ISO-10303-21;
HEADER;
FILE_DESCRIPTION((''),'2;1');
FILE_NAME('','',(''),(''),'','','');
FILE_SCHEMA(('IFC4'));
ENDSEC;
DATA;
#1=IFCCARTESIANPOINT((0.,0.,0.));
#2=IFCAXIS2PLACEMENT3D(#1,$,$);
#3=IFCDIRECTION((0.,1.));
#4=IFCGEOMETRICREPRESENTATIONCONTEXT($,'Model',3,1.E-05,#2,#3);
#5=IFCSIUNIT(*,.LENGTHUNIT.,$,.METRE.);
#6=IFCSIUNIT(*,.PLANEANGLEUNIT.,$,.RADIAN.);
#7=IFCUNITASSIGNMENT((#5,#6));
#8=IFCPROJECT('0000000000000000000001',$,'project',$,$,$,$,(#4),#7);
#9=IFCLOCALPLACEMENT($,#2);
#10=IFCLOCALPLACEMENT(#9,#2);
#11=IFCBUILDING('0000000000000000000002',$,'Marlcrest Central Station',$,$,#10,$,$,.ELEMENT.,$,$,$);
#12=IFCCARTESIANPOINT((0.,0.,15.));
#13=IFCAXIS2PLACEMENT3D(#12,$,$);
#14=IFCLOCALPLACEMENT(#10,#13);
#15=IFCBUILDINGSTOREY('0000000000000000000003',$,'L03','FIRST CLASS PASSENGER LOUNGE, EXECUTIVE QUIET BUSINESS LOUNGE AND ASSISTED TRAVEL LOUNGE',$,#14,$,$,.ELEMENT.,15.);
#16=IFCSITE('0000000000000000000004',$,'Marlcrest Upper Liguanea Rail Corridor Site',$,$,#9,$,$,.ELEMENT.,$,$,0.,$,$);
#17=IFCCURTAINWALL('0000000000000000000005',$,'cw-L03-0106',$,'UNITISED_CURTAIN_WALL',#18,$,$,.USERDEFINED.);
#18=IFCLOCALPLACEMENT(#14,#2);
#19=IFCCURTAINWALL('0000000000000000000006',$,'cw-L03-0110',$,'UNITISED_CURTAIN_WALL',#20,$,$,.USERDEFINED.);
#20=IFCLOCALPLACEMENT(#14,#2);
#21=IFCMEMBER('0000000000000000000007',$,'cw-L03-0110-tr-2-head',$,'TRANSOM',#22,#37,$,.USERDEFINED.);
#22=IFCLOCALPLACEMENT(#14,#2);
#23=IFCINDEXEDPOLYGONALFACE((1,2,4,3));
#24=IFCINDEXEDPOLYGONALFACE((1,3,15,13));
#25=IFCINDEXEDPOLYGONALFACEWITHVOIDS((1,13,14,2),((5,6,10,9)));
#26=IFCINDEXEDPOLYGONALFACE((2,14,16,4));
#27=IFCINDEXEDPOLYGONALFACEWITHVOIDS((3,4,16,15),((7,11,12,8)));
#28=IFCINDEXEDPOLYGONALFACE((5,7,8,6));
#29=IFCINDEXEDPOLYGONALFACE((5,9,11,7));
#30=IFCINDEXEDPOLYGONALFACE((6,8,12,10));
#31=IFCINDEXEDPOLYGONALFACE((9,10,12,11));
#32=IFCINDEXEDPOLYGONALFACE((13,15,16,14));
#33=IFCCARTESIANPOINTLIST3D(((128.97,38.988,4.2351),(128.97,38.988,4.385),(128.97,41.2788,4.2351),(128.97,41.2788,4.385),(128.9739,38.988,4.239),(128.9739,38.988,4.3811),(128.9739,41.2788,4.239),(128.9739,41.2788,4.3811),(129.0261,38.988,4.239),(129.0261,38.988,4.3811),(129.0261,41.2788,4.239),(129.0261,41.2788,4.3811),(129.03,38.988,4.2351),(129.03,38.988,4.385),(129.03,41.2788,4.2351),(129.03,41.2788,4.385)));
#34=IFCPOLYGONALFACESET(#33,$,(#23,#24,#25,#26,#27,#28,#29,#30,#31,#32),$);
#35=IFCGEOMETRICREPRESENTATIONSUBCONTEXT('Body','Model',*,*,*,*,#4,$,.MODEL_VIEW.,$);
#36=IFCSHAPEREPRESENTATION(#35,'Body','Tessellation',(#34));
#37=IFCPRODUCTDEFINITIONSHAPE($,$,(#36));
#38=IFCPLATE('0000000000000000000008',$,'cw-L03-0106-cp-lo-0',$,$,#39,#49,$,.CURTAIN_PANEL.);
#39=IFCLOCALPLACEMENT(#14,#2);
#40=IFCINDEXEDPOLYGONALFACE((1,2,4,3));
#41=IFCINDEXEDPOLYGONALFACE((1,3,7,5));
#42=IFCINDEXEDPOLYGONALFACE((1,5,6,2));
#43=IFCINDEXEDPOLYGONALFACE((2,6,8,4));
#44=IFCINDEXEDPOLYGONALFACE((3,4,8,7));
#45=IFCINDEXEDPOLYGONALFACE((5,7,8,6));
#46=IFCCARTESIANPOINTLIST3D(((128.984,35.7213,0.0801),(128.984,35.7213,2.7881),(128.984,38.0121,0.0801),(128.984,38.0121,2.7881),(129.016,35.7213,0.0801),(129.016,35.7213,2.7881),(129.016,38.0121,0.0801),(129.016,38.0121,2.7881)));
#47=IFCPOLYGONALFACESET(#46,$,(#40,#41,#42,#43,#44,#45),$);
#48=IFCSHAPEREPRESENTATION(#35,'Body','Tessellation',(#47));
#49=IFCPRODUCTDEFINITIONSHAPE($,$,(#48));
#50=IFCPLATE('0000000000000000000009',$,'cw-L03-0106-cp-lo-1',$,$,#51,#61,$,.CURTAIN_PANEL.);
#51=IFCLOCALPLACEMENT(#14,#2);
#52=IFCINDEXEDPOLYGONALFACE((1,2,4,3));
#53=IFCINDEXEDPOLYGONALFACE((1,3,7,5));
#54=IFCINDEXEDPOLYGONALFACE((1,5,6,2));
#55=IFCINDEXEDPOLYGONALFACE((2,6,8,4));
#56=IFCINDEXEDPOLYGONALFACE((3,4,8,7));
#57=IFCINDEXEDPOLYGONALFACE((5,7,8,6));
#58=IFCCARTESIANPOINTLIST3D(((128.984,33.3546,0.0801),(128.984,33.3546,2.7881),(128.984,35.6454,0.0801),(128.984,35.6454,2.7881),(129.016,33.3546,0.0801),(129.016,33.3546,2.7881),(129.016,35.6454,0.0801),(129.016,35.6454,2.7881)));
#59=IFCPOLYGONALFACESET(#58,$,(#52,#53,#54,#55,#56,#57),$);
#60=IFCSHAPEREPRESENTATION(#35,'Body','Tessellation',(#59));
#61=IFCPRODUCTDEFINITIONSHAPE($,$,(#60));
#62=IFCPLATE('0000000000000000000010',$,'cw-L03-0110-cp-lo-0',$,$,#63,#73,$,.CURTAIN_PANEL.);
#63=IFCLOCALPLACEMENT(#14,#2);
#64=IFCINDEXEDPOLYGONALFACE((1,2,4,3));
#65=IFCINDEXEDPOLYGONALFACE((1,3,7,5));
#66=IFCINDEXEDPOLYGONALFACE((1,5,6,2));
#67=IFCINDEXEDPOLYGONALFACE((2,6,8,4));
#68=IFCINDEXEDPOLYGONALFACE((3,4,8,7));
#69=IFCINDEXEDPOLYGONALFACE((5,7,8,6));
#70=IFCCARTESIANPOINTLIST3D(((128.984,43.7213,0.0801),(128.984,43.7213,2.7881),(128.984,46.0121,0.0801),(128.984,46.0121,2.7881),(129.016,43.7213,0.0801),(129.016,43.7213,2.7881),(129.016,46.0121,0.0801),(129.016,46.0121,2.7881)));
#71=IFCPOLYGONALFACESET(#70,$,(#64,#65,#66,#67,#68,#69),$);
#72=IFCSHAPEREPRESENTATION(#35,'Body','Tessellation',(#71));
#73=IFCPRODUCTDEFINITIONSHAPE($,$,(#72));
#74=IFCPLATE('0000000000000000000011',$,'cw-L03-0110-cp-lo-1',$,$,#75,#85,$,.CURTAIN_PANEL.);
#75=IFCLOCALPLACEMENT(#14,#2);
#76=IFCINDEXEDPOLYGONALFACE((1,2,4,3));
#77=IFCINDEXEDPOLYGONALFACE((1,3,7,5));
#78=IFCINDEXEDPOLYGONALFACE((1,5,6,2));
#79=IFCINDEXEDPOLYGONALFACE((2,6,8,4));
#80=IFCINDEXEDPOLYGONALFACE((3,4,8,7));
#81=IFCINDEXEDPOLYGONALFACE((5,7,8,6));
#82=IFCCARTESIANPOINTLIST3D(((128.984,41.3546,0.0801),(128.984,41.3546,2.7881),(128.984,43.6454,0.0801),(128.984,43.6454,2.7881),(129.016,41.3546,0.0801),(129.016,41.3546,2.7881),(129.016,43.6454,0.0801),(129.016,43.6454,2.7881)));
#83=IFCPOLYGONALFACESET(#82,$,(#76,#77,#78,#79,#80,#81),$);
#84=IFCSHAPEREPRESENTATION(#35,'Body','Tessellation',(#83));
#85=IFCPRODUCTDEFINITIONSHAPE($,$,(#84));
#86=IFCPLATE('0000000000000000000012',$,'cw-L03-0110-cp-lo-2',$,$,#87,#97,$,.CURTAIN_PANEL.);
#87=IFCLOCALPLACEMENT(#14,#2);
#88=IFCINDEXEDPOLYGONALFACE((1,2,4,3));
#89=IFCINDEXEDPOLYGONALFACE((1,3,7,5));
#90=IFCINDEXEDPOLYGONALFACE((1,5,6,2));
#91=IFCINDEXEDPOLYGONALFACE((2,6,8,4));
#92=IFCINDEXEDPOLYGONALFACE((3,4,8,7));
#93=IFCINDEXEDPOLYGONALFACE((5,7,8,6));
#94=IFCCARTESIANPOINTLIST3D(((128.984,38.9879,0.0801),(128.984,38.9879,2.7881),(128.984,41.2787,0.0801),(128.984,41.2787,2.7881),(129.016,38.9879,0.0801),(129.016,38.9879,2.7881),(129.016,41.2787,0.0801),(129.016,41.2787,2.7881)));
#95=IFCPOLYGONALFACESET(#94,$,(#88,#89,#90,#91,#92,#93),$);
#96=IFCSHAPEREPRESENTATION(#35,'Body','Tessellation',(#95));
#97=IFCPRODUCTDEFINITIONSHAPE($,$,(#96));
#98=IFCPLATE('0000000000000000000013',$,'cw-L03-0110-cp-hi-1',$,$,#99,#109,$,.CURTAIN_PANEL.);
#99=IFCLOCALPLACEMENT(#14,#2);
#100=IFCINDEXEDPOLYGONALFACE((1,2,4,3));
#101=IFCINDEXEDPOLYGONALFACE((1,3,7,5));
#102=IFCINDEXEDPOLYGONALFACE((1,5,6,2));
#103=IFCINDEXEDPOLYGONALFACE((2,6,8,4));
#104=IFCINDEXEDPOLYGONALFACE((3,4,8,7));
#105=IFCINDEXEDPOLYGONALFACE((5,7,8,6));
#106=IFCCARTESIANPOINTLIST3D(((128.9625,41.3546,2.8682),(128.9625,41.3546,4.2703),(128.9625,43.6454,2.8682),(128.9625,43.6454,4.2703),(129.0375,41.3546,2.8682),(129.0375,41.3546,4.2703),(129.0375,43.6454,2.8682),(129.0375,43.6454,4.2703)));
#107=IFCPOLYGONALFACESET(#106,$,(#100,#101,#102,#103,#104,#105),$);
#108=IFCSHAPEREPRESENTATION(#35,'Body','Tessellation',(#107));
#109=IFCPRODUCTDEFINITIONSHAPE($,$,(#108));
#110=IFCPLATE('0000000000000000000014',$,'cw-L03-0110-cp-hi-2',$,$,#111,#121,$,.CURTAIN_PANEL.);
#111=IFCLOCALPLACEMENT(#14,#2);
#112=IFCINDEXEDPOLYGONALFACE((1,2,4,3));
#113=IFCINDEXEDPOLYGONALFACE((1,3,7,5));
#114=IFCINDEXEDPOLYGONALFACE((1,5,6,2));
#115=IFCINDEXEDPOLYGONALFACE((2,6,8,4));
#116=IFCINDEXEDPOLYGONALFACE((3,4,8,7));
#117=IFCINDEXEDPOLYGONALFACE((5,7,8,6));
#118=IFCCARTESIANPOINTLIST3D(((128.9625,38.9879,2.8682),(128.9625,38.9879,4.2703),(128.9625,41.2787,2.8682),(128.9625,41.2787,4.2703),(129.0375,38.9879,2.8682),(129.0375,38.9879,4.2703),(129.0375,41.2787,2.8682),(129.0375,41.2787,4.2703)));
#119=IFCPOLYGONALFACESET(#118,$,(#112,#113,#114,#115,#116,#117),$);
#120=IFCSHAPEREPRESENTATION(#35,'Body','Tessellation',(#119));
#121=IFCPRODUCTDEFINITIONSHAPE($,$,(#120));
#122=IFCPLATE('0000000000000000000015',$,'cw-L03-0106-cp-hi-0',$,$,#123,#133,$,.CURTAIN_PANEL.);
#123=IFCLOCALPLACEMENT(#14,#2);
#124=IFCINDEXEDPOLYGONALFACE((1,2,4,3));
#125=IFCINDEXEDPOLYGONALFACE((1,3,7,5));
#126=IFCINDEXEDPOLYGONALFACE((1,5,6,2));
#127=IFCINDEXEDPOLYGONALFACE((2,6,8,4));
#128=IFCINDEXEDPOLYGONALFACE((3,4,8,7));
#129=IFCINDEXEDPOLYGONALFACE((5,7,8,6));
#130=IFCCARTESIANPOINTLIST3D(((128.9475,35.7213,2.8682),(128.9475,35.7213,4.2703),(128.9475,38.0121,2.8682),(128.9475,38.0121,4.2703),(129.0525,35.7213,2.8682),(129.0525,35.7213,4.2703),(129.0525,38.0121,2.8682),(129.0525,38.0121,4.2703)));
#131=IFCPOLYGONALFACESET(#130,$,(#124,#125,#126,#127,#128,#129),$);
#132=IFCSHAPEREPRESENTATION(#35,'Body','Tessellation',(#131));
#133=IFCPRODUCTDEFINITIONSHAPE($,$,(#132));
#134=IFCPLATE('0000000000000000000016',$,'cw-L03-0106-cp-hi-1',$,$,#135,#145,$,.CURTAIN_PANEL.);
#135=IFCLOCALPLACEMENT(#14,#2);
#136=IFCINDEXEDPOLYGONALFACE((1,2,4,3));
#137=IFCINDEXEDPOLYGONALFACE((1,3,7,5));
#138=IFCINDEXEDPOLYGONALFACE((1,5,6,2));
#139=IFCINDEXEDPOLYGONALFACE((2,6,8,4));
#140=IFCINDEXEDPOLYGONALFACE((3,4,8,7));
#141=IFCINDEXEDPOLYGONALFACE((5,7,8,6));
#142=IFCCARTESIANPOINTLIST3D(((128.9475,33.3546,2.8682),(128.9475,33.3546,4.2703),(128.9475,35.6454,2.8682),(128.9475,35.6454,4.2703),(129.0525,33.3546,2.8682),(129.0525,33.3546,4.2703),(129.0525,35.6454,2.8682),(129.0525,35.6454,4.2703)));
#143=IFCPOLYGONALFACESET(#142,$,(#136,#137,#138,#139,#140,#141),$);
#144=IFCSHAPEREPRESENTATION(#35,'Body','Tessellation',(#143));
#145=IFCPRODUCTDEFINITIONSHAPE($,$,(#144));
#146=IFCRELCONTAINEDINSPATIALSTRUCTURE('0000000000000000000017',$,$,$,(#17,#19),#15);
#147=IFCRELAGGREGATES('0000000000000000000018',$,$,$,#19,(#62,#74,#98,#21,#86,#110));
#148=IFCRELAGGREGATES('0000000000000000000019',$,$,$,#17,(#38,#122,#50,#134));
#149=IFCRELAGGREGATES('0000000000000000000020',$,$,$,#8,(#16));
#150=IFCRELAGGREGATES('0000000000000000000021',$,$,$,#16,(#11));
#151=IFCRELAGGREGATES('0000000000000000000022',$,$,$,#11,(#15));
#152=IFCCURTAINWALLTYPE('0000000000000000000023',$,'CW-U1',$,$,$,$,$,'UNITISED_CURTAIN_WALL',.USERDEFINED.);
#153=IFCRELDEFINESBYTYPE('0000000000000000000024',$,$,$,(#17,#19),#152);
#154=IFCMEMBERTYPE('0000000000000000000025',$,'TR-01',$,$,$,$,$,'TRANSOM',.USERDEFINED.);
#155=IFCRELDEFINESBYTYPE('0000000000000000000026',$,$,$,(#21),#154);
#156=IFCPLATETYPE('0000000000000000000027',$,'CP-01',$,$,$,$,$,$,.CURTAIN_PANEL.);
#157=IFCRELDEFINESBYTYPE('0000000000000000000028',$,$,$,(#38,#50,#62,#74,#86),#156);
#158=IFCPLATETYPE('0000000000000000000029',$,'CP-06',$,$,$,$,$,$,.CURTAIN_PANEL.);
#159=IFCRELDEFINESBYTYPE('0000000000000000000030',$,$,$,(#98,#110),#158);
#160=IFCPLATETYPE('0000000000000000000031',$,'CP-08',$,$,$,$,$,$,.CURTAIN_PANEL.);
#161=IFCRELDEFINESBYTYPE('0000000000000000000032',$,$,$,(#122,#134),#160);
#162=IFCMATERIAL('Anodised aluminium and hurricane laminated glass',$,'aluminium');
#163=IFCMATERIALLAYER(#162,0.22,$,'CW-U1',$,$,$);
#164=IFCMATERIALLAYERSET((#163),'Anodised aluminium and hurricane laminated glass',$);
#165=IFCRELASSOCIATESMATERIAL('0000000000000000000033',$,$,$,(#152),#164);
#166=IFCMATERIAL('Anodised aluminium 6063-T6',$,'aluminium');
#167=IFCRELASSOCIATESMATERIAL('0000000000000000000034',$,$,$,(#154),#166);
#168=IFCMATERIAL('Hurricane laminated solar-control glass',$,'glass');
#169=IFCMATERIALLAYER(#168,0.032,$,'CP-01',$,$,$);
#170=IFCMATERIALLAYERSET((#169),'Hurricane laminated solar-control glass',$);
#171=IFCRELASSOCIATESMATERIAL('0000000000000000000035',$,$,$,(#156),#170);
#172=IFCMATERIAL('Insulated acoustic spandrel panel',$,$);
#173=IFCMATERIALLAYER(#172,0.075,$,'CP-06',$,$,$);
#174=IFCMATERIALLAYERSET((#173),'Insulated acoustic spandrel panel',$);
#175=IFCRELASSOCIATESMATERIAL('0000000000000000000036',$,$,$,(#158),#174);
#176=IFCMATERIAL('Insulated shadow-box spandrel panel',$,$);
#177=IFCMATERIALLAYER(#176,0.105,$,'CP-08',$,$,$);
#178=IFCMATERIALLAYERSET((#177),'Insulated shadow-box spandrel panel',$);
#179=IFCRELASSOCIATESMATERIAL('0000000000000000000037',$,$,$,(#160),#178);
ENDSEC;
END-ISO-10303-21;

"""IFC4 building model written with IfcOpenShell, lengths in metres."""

from ifc_helpers import new_model, si_unit, direction, frame, origin, origin_2d, place, context, subcontext, project, spatial, rectangle, hollow_rectangle, extrude, material, layer, layer_set, material_profile, profile_set, type_object, element, aggregate, save


model = new_model("IFC4")

# Units and contexts
model_context = context("Model", 3, precision=1e-05, world=origin(), true_north=direction((0.0, 1.0)))
body_context = subcontext(model_context, "Body", "Model", "MODEL_VIEW")
ifc_project = project(units=[si_unit("LENGTHUNIT", "METRE"), si_unit("PLANEANGLEUNIT", "RADIAN")], contexts=[model_context])

# Site, building, storey
site_placement = place(None, origin())
site = spatial("IfcSite", under=ifc_project, at=site_placement, Name="Marlcrest Upper Liguanea Rail Corridor Site", CompositionType="ELEMENT", RefElevation=0.0)
building_placement = place(site_placement, origin())
building = spatial("IfcBuilding", under=site, at=building_placement, Name="Marlcrest Central Station", CompositionType="ELEMENT")
storey_placement = place(building_placement, frame((0.0, 0.0, 15.0)))
storey = spatial("IfcBuildingStorey", under=building, at=storey_placement, Name="L03", Description="FIRST CLASS PASSENGER LOUNGE, EXECUTIVE QUIET BUSINESS LOUNGE AND ASSISTED TRAVEL LOUNGE", CompositionType="ELEMENT", Elevation=15.0)

# Curtain walls
ifc_material_1 = material(Name="Anodised aluminium and hurricane laminated glass", Category="aluminium")
ifc_layer_1 = layer(ifc_material_1, 0.22, Name="CW-U1")
ifc_layer_set_1 = layer_set([ifc_layer_1], Name="Anodised aluminium and hurricane laminated glass")
curtain_wall_type = type_object("IfcCurtainWallType", Name="CW-U1", ElementType="UNITISED_CURTAIN_WALL", PredefinedType="USERDEFINED", material=ifc_layer_set_1)
curtain_wall_1_placement = place(storey_placement, origin())
curtain_wall_1 = element("IfcCurtainWall", 1, at=curtain_wall_1_placement, inside=storey, type_object=curtain_wall_type, Name="cw-L03-0106", ObjectType="UNITISED_CURTAIN_WALL", PredefinedType="USERDEFINED")
ifc_material_2 = material(Name="Anodised aluminium 6063-T6", Category="aluminium")
curtain_wall_2_placement = place(storey_placement, origin())
curtain_wall_2 = element("IfcCurtainWall", 2, at=curtain_wall_2_placement, inside=storey, type_object=curtain_wall_type, Name="cw-L03-0110", ObjectType="UNITISED_CURTAIN_WALL", PredefinedType="USERDEFINED")

# Member
ifc_material_profile_1 = material_profile(ifc_material_2, hollow_rectangle(XDim=0.0601, YDim=0.1499, WallThickness=0.0039, at=origin_2d()), Name="AA-RHS 150x60x4")
ifc_profile_set_1 = profile_set([ifc_material_profile_1], Name="Anodised aluminium 6063-T6")
member_type_1 = type_object("IfcMemberType", Name="TR-01", ElementType="TRANSOM", PredefinedType="USERDEFINED", material=ifc_profile_set_1)
member_1_placement = place(storey_placement, frame((129.0, 41.2788, 4.3101), z_axis=(0.0, -1.0, 0.0), x_axis=(1.0, 0.0, 0.0)))
member_1 = element("IfcMember", 3, at=member_1_placement, type_object=member_type_1, Name="cw-L03-0110-tr-2-head", ObjectType="TRANSOM", PredefinedType="USERDEFINED", context=body_context, shape_type="SweptSolid", body=[
    extrude(hollow_rectangle(XDim=0.0601, YDim=0.1499, WallThickness=0.0039, at=origin_2d()), origin(), (0.0, 0.0, 1.0), 2.2908),
])

# Plates
ifc_material_3 = material(Name="Hurricane laminated solar-control glass", Category="glass")
ifc_layer_2 = layer(ifc_material_3, 0.032, Name="CP-01")
ifc_layer_set_2 = layer_set([ifc_layer_2], Name="Hurricane laminated solar-control glass")
plate_type_1 = type_object("IfcPlateType", Name="CP-01", PredefinedType="CURTAIN_PANEL", material=ifc_layer_set_2)
plate_1_placement = place(storey_placement, frame((129.0, 36.8667, 0.0801), z_axis=(0.0, 0.0, 1.0), x_axis=(0.0, -1.0, 0.0)))
plate_1 = element("IfcPlate", 4, at=plate_1_placement, type_object=plate_type_1, Name="cw-L03-0106-cp-lo-0", PredefinedType="CURTAIN_PANEL", context=body_context, shape_type="SweptSolid", body=[
    extrude(rectangle(XDim=2.2908, YDim=0.032, at=origin_2d()), origin(), (0.0, 0.0, 1.0), 2.708),
])
plate_2_placement = place(storey_placement, frame((129.0, 34.5, 0.0801), z_axis=(0.0, 0.0, 1.0), x_axis=(0.0, -1.0, 0.0)))
plate_2 = element("IfcPlate", 5, at=plate_2_placement, type_object=plate_type_1, Name="cw-L03-0106-cp-lo-1", PredefinedType="CURTAIN_PANEL", context=body_context, shape_type="SweptSolid", body=[
    extrude(rectangle(XDim=2.2908, YDim=0.032, at=origin_2d()), origin(), (0.0, 0.0, 1.0), 2.708),
])
plate_3_placement = place(storey_placement, frame((129.0, 44.8667, 0.0801), z_axis=(0.0, 0.0, 1.0), x_axis=(0.0, -1.0, 0.0)))
plate_3 = element("IfcPlate", 6, at=plate_3_placement, type_object=plate_type_1, Name="cw-L03-0110-cp-lo-0", PredefinedType="CURTAIN_PANEL", context=body_context, shape_type="SweptSolid", body=[
    extrude(rectangle(XDim=2.2908, YDim=0.032, at=origin_2d()), origin(), (0.0, 0.0, 1.0), 2.708),
])
plate_4_placement = place(storey_placement, frame((129.0, 42.5, 0.0801), z_axis=(0.0, 0.0, 1.0), x_axis=(0.0, -1.0, 0.0)))
plate_4 = element("IfcPlate", 7, at=plate_4_placement, type_object=plate_type_1, Name="cw-L03-0110-cp-lo-1", PredefinedType="CURTAIN_PANEL", context=body_context, shape_type="SweptSolid", body=[
    extrude(rectangle(XDim=2.2908, YDim=0.032, at=origin_2d()), origin(), (0.0, 0.0, 1.0), 2.708),
])
plate_5_placement = place(storey_placement, frame((129.0, 40.1333, 0.0801), z_axis=(0.0, 0.0, 1.0), x_axis=(0.0, -1.0, 0.0)))
plate_5 = element("IfcPlate", 8, at=plate_5_placement, type_object=plate_type_1, Name="cw-L03-0110-cp-lo-2", PredefinedType="CURTAIN_PANEL", context=body_context, shape_type="SweptSolid", body=[
    extrude(rectangle(XDim=2.2908, YDim=0.032, at=origin_2d()), origin(), (0.0, 0.0, 1.0), 2.708),
])
ifc_material_4 = material(Name="Insulated acoustic spandrel panel")
ifc_layer_3 = layer(ifc_material_4, 0.075, Name="CP-06")
ifc_layer_set_3 = layer_set([ifc_layer_3], Name="Insulated acoustic spandrel panel")
plate_type_2 = type_object("IfcPlateType", Name="CP-06", PredefinedType="CURTAIN_PANEL", material=ifc_layer_set_3)
plate_6_placement = place(storey_placement, frame((129.0, 42.5, 2.8682), z_axis=(0.0, 0.0, 1.0), x_axis=(0.0, -1.0, 0.0)))
plate_6 = element("IfcPlate", 9, at=plate_6_placement, type_object=plate_type_2, Name="cw-L03-0110-cp-hi-1", PredefinedType="CURTAIN_PANEL", context=body_context, shape_type="SweptSolid", body=[
    extrude(rectangle(XDim=2.2908, YDim=0.075, at=origin_2d()), origin(), (0.0, 0.0, 1.0), 1.4021),
])
plate_7_placement = place(storey_placement, frame((129.0, 40.1333, 2.8682), z_axis=(0.0, 0.0, 1.0), x_axis=(0.0, -1.0, 0.0)))
plate_7 = element("IfcPlate", 10, at=plate_7_placement, type_object=plate_type_2, Name="cw-L03-0110-cp-hi-2", PredefinedType="CURTAIN_PANEL", context=body_context, shape_type="SweptSolid", body=[
    extrude(rectangle(XDim=2.2908, YDim=0.075, at=origin_2d()), origin(), (0.0, 0.0, 1.0), 1.4021),
])
aggregate(curtain_wall_2, [plate_3, plate_4, plate_6, member_1, plate_5, plate_7])
ifc_material_5 = material(Name="Insulated shadow-box spandrel panel")
ifc_layer_4 = layer(ifc_material_5, 0.105, Name="CP-08")
ifc_layer_set_4 = layer_set([ifc_layer_4], Name="Insulated shadow-box spandrel panel")
plate_type_3 = type_object("IfcPlateType", Name="CP-08", PredefinedType="CURTAIN_PANEL", material=ifc_layer_set_4)
plate_8_placement = place(storey_placement, frame((129.0, 36.8667, 2.8682), z_axis=(0.0, 0.0, 1.0), x_axis=(0.0, -1.0, 0.0)))
plate_8 = element("IfcPlate", 11, at=plate_8_placement, type_object=plate_type_3, Name="cw-L03-0106-cp-hi-0", PredefinedType="CURTAIN_PANEL", context=body_context, shape_type="SweptSolid", body=[
    extrude(rectangle(XDim=2.2908, YDim=0.105, at=origin_2d()), origin(), (0.0, 0.0, 1.0), 1.4021),
])
plate_9_placement = place(storey_placement, frame((129.0, 34.5, 2.8682), z_axis=(0.0, 0.0, 1.0), x_axis=(0.0, -1.0, 0.0)))
plate_9 = element("IfcPlate", 12, at=plate_9_placement, type_object=plate_type_3, Name="cw-L03-0106-cp-hi-1", PredefinedType="CURTAIN_PANEL", context=body_context, shape_type="SweptSolid", body=[
    extrude(rectangle(XDim=2.2908, YDim=0.105, at=origin_2d()), origin(), (0.0, 0.0, 1.0), 1.4021),
])
aggregate(curtain_wall_1, [plate_1, plate_8, plate_2, plate_9])

save(model, "model.ifc")
